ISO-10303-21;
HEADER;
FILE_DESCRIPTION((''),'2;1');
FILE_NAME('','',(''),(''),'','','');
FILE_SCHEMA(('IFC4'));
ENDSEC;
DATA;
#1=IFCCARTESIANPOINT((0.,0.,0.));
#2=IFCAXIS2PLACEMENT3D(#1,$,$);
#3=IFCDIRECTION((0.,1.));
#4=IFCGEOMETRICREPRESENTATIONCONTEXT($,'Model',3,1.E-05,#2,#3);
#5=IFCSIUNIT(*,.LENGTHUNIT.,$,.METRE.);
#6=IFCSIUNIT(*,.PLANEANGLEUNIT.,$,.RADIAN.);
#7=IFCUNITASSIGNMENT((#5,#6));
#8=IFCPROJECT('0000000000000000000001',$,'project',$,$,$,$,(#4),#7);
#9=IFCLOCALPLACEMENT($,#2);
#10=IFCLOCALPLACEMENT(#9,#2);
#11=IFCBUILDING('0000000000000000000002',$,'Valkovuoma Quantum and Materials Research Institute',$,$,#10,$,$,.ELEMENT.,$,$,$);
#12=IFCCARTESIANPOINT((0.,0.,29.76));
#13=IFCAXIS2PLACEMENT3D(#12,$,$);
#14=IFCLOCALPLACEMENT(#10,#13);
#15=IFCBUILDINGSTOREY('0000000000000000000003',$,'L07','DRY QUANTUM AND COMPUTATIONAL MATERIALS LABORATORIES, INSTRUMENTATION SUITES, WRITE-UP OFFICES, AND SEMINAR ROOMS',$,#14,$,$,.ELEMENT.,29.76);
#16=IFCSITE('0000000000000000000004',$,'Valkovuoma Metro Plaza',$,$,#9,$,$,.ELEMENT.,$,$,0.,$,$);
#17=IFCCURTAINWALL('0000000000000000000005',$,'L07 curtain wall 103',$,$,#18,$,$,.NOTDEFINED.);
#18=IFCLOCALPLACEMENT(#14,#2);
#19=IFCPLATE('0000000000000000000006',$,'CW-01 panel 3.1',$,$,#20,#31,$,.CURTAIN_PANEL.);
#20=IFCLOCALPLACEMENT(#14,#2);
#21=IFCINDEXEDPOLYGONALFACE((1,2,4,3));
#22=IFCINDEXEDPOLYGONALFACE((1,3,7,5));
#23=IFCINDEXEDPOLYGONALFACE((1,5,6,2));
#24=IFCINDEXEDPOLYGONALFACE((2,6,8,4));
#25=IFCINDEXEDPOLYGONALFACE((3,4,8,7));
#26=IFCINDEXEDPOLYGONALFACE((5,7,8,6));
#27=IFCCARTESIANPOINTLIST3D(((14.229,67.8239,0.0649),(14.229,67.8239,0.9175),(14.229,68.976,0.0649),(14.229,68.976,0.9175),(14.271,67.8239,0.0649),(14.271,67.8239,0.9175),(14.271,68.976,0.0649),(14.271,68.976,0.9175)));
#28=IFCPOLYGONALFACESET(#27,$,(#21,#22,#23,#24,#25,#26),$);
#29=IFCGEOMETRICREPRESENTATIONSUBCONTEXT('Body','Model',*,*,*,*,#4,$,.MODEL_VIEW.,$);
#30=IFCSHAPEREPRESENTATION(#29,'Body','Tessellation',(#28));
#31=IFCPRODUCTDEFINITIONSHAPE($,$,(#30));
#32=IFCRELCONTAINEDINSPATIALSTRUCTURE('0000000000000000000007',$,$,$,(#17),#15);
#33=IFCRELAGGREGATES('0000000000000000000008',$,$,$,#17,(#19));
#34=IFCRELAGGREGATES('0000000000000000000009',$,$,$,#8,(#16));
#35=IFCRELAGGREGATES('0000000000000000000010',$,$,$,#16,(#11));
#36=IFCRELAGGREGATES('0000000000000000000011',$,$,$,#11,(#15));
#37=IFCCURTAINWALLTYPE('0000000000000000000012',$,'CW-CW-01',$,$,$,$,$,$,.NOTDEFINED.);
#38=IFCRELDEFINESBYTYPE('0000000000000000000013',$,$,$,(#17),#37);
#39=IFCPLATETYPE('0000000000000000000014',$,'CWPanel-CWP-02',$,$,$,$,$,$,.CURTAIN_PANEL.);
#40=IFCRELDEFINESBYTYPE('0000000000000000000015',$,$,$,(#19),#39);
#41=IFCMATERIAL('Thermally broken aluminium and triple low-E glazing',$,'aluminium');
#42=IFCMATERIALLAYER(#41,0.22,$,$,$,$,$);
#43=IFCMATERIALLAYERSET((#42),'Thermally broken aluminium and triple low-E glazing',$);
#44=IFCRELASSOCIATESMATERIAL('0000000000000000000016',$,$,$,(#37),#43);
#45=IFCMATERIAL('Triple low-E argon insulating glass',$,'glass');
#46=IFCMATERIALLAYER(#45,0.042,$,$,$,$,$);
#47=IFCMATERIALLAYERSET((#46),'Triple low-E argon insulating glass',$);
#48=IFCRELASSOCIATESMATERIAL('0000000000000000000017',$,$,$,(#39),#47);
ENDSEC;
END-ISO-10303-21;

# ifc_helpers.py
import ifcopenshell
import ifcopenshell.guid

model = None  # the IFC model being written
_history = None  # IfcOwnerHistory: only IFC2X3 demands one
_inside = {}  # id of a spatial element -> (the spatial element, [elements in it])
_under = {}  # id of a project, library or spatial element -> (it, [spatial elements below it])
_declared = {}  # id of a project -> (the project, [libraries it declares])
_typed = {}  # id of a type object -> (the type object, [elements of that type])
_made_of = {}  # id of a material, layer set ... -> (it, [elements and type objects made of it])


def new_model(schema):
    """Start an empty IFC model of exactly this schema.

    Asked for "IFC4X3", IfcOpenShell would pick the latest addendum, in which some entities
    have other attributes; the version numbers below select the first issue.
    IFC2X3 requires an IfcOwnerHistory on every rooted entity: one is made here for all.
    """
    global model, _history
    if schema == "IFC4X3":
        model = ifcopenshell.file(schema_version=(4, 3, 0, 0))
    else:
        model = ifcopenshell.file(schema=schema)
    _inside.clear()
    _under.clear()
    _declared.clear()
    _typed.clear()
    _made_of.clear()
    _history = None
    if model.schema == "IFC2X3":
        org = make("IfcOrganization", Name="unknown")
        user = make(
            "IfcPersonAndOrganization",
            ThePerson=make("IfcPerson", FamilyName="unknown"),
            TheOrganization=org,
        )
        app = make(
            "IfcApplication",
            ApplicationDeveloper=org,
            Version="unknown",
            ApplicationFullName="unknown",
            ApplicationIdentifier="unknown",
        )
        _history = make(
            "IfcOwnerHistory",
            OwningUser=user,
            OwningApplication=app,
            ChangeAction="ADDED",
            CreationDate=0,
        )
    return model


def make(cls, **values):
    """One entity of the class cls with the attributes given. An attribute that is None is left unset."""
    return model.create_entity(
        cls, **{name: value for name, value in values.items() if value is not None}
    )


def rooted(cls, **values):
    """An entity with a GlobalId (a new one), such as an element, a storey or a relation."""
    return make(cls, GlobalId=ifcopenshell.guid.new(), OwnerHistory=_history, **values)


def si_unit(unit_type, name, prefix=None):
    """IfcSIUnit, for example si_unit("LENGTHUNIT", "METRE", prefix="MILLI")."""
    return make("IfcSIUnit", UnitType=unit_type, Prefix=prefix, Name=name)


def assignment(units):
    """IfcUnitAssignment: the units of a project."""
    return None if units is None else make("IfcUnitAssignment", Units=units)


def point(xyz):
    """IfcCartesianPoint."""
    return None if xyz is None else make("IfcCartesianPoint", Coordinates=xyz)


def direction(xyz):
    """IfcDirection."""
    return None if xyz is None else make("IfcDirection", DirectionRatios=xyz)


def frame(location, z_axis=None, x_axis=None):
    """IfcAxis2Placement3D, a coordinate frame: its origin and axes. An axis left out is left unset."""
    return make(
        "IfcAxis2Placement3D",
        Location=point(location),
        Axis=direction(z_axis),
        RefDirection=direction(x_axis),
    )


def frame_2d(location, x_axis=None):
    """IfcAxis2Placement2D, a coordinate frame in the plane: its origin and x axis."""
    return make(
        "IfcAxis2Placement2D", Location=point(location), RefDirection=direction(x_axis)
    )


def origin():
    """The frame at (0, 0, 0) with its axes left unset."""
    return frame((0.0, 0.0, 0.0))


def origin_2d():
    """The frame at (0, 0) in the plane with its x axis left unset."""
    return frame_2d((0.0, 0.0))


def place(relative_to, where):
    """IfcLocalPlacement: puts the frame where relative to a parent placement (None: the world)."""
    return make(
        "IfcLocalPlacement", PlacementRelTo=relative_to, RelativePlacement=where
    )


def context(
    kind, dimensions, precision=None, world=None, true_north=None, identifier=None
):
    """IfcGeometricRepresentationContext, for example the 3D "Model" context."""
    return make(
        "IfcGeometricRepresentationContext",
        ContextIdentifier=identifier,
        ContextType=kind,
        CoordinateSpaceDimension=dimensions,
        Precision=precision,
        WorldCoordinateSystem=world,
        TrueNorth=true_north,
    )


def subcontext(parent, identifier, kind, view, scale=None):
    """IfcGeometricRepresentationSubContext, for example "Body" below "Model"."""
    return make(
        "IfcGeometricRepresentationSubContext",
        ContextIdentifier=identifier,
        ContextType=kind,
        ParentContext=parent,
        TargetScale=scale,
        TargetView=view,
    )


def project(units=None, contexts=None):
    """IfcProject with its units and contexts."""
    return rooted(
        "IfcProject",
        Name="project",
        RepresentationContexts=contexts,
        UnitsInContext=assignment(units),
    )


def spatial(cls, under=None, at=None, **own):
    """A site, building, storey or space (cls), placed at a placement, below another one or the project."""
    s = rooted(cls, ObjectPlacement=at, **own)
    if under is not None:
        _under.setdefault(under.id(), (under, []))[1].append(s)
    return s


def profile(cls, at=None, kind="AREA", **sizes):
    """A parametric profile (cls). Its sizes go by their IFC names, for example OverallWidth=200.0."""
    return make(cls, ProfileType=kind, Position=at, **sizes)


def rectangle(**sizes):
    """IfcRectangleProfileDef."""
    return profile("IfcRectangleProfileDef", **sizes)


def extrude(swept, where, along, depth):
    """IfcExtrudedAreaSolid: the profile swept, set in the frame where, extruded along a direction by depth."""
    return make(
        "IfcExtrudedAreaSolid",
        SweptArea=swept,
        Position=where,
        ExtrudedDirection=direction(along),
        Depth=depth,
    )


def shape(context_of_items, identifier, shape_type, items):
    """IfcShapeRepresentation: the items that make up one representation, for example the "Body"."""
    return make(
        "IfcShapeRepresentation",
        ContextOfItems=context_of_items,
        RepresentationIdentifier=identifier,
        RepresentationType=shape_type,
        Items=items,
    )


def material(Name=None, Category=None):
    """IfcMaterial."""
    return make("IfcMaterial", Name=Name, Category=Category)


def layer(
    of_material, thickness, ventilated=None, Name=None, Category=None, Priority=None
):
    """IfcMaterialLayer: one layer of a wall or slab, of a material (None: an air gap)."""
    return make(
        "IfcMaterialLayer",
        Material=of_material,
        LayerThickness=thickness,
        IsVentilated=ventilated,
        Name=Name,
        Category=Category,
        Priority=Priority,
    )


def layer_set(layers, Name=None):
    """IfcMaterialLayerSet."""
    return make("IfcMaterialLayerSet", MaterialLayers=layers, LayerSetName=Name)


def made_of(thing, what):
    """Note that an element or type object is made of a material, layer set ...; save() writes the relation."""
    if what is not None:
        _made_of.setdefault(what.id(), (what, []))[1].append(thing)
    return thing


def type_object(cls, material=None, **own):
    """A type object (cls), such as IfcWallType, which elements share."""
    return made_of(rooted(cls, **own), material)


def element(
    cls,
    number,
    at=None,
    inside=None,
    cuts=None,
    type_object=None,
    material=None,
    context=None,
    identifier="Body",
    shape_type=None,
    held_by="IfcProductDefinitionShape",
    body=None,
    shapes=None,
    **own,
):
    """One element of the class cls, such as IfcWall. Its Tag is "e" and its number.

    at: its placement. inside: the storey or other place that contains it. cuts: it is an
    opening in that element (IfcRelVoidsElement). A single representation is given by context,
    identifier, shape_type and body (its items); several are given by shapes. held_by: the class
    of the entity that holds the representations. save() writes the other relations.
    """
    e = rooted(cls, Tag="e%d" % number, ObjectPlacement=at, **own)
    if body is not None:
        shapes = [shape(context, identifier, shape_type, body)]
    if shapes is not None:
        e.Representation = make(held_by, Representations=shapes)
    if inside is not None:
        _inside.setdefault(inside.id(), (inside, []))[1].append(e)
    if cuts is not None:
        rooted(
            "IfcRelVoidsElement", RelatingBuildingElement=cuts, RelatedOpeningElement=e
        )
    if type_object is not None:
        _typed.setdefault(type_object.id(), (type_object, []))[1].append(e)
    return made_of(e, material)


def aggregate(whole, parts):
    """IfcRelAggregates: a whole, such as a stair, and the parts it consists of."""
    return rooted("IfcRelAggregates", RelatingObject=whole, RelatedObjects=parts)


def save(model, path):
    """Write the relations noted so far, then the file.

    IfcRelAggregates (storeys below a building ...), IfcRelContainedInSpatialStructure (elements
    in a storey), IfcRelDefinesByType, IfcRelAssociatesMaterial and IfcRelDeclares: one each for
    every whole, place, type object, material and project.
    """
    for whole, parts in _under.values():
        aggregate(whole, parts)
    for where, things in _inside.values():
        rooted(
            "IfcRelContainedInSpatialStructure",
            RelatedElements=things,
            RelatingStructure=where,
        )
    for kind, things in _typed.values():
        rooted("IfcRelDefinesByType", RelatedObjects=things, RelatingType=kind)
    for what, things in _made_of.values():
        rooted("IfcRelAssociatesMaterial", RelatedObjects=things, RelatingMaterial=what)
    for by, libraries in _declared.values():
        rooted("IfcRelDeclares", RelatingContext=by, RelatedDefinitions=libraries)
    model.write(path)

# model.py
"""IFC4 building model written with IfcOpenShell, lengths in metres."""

from ifc_helpers import new_model, si_unit, direction, frame, origin, origin_2d, place, context, subcontext, project, spatial, rectangle, extrude, material, layer, layer_set, type_object, element, aggregate, save


model = new_model("IFC4")

# Units and contexts
model_context = context("Model", 3, precision=1e-05, world=origin(), true_north=direction((0.0, 1.0)))
body_context = subcontext(model_context, "Body", "Model", "MODEL_VIEW")
ifc_project = project(units=[si_unit("LENGTHUNIT", "METRE"), si_unit("PLANEANGLEUNIT", "RADIAN")], contexts=[model_context])

# Site, building, storey
site_placement = place(None, origin())
site = spatial("IfcSite", under=ifc_project, at=site_placement, Name="Valkovuoma Metro Plaza", CompositionType="ELEMENT", RefElevation=0.0)
building_placement = place(site_placement, origin())
building = spatial("IfcBuilding", under=site, at=building_placement, Name="Valkovuoma Quantum and Materials Research Institute", CompositionType="ELEMENT")
storey_placement = place(building_placement, frame((0.0, 0.0, 29.76)))
storey = spatial("IfcBuildingStorey", under=building, at=storey_placement, Name="L07", Description="DRY QUANTUM AND COMPUTATIONAL MATERIALS LABORATORIES, INSTRUMENTATION SUITES, WRITE-UP OFFICES, AND SEMINAR ROOMS", CompositionType="ELEMENT", Elevation=29.76)

# Curtain wall
ifc_material_1 = material(Name="Thermally broken aluminium and triple low-E glazing", Category="aluminium")
ifc_layer_1 = layer(ifc_material_1, 0.22)
ifc_layer_set_1 = layer_set([ifc_layer_1], Name="Thermally broken aluminium and triple low-E glazing")
curtain_wall_type = type_object("IfcCurtainWallType", Name="CW-CW-01", PredefinedType="NOTDEFINED", material=ifc_layer_set_1)
curtain_wall_1_placement = place(storey_placement, origin())
curtain_wall_1 = element("IfcCurtainWall", 1, at=curtain_wall_1_placement, inside=storey, type_object=curtain_wall_type, Name="L07 curtain wall 103", PredefinedType="NOTDEFINED")

# Plate
ifc_material_2 = material(Name="Triple low-E argon insulating glass", Category="glass")
ifc_layer_2 = layer(ifc_material_2, 0.042)
ifc_layer_set_2 = layer_set([ifc_layer_2], Name="Triple low-E argon insulating glass")
plate_type = type_object("IfcPlateType", Name="CWPanel-CWP-02", PredefinedType="CURTAIN_PANEL", material=ifc_layer_set_2)
plate_1_placement = place(storey_placement, frame((14.25, 68.3999, 0.0649), z_axis=(0.0, 0.0, 1.0), x_axis=(0.0, 1.0, 0.0)))
plate_1 = element("IfcPlate", 2, at=plate_1_placement, type_object=plate_type, Name="CW-01 panel 3.1", PredefinedType="CURTAIN_PANEL", context=body_context, shape_type="SweptSolid", body=[
    extrude(rectangle(XDim=1.1521, YDim=0.042, at=origin_2d()), origin(), (0.0, 0.0, 1.0), 0.8525),
])
aggregate(curtain_wall_1, [plate_1])

save(model, "model.ifc")
